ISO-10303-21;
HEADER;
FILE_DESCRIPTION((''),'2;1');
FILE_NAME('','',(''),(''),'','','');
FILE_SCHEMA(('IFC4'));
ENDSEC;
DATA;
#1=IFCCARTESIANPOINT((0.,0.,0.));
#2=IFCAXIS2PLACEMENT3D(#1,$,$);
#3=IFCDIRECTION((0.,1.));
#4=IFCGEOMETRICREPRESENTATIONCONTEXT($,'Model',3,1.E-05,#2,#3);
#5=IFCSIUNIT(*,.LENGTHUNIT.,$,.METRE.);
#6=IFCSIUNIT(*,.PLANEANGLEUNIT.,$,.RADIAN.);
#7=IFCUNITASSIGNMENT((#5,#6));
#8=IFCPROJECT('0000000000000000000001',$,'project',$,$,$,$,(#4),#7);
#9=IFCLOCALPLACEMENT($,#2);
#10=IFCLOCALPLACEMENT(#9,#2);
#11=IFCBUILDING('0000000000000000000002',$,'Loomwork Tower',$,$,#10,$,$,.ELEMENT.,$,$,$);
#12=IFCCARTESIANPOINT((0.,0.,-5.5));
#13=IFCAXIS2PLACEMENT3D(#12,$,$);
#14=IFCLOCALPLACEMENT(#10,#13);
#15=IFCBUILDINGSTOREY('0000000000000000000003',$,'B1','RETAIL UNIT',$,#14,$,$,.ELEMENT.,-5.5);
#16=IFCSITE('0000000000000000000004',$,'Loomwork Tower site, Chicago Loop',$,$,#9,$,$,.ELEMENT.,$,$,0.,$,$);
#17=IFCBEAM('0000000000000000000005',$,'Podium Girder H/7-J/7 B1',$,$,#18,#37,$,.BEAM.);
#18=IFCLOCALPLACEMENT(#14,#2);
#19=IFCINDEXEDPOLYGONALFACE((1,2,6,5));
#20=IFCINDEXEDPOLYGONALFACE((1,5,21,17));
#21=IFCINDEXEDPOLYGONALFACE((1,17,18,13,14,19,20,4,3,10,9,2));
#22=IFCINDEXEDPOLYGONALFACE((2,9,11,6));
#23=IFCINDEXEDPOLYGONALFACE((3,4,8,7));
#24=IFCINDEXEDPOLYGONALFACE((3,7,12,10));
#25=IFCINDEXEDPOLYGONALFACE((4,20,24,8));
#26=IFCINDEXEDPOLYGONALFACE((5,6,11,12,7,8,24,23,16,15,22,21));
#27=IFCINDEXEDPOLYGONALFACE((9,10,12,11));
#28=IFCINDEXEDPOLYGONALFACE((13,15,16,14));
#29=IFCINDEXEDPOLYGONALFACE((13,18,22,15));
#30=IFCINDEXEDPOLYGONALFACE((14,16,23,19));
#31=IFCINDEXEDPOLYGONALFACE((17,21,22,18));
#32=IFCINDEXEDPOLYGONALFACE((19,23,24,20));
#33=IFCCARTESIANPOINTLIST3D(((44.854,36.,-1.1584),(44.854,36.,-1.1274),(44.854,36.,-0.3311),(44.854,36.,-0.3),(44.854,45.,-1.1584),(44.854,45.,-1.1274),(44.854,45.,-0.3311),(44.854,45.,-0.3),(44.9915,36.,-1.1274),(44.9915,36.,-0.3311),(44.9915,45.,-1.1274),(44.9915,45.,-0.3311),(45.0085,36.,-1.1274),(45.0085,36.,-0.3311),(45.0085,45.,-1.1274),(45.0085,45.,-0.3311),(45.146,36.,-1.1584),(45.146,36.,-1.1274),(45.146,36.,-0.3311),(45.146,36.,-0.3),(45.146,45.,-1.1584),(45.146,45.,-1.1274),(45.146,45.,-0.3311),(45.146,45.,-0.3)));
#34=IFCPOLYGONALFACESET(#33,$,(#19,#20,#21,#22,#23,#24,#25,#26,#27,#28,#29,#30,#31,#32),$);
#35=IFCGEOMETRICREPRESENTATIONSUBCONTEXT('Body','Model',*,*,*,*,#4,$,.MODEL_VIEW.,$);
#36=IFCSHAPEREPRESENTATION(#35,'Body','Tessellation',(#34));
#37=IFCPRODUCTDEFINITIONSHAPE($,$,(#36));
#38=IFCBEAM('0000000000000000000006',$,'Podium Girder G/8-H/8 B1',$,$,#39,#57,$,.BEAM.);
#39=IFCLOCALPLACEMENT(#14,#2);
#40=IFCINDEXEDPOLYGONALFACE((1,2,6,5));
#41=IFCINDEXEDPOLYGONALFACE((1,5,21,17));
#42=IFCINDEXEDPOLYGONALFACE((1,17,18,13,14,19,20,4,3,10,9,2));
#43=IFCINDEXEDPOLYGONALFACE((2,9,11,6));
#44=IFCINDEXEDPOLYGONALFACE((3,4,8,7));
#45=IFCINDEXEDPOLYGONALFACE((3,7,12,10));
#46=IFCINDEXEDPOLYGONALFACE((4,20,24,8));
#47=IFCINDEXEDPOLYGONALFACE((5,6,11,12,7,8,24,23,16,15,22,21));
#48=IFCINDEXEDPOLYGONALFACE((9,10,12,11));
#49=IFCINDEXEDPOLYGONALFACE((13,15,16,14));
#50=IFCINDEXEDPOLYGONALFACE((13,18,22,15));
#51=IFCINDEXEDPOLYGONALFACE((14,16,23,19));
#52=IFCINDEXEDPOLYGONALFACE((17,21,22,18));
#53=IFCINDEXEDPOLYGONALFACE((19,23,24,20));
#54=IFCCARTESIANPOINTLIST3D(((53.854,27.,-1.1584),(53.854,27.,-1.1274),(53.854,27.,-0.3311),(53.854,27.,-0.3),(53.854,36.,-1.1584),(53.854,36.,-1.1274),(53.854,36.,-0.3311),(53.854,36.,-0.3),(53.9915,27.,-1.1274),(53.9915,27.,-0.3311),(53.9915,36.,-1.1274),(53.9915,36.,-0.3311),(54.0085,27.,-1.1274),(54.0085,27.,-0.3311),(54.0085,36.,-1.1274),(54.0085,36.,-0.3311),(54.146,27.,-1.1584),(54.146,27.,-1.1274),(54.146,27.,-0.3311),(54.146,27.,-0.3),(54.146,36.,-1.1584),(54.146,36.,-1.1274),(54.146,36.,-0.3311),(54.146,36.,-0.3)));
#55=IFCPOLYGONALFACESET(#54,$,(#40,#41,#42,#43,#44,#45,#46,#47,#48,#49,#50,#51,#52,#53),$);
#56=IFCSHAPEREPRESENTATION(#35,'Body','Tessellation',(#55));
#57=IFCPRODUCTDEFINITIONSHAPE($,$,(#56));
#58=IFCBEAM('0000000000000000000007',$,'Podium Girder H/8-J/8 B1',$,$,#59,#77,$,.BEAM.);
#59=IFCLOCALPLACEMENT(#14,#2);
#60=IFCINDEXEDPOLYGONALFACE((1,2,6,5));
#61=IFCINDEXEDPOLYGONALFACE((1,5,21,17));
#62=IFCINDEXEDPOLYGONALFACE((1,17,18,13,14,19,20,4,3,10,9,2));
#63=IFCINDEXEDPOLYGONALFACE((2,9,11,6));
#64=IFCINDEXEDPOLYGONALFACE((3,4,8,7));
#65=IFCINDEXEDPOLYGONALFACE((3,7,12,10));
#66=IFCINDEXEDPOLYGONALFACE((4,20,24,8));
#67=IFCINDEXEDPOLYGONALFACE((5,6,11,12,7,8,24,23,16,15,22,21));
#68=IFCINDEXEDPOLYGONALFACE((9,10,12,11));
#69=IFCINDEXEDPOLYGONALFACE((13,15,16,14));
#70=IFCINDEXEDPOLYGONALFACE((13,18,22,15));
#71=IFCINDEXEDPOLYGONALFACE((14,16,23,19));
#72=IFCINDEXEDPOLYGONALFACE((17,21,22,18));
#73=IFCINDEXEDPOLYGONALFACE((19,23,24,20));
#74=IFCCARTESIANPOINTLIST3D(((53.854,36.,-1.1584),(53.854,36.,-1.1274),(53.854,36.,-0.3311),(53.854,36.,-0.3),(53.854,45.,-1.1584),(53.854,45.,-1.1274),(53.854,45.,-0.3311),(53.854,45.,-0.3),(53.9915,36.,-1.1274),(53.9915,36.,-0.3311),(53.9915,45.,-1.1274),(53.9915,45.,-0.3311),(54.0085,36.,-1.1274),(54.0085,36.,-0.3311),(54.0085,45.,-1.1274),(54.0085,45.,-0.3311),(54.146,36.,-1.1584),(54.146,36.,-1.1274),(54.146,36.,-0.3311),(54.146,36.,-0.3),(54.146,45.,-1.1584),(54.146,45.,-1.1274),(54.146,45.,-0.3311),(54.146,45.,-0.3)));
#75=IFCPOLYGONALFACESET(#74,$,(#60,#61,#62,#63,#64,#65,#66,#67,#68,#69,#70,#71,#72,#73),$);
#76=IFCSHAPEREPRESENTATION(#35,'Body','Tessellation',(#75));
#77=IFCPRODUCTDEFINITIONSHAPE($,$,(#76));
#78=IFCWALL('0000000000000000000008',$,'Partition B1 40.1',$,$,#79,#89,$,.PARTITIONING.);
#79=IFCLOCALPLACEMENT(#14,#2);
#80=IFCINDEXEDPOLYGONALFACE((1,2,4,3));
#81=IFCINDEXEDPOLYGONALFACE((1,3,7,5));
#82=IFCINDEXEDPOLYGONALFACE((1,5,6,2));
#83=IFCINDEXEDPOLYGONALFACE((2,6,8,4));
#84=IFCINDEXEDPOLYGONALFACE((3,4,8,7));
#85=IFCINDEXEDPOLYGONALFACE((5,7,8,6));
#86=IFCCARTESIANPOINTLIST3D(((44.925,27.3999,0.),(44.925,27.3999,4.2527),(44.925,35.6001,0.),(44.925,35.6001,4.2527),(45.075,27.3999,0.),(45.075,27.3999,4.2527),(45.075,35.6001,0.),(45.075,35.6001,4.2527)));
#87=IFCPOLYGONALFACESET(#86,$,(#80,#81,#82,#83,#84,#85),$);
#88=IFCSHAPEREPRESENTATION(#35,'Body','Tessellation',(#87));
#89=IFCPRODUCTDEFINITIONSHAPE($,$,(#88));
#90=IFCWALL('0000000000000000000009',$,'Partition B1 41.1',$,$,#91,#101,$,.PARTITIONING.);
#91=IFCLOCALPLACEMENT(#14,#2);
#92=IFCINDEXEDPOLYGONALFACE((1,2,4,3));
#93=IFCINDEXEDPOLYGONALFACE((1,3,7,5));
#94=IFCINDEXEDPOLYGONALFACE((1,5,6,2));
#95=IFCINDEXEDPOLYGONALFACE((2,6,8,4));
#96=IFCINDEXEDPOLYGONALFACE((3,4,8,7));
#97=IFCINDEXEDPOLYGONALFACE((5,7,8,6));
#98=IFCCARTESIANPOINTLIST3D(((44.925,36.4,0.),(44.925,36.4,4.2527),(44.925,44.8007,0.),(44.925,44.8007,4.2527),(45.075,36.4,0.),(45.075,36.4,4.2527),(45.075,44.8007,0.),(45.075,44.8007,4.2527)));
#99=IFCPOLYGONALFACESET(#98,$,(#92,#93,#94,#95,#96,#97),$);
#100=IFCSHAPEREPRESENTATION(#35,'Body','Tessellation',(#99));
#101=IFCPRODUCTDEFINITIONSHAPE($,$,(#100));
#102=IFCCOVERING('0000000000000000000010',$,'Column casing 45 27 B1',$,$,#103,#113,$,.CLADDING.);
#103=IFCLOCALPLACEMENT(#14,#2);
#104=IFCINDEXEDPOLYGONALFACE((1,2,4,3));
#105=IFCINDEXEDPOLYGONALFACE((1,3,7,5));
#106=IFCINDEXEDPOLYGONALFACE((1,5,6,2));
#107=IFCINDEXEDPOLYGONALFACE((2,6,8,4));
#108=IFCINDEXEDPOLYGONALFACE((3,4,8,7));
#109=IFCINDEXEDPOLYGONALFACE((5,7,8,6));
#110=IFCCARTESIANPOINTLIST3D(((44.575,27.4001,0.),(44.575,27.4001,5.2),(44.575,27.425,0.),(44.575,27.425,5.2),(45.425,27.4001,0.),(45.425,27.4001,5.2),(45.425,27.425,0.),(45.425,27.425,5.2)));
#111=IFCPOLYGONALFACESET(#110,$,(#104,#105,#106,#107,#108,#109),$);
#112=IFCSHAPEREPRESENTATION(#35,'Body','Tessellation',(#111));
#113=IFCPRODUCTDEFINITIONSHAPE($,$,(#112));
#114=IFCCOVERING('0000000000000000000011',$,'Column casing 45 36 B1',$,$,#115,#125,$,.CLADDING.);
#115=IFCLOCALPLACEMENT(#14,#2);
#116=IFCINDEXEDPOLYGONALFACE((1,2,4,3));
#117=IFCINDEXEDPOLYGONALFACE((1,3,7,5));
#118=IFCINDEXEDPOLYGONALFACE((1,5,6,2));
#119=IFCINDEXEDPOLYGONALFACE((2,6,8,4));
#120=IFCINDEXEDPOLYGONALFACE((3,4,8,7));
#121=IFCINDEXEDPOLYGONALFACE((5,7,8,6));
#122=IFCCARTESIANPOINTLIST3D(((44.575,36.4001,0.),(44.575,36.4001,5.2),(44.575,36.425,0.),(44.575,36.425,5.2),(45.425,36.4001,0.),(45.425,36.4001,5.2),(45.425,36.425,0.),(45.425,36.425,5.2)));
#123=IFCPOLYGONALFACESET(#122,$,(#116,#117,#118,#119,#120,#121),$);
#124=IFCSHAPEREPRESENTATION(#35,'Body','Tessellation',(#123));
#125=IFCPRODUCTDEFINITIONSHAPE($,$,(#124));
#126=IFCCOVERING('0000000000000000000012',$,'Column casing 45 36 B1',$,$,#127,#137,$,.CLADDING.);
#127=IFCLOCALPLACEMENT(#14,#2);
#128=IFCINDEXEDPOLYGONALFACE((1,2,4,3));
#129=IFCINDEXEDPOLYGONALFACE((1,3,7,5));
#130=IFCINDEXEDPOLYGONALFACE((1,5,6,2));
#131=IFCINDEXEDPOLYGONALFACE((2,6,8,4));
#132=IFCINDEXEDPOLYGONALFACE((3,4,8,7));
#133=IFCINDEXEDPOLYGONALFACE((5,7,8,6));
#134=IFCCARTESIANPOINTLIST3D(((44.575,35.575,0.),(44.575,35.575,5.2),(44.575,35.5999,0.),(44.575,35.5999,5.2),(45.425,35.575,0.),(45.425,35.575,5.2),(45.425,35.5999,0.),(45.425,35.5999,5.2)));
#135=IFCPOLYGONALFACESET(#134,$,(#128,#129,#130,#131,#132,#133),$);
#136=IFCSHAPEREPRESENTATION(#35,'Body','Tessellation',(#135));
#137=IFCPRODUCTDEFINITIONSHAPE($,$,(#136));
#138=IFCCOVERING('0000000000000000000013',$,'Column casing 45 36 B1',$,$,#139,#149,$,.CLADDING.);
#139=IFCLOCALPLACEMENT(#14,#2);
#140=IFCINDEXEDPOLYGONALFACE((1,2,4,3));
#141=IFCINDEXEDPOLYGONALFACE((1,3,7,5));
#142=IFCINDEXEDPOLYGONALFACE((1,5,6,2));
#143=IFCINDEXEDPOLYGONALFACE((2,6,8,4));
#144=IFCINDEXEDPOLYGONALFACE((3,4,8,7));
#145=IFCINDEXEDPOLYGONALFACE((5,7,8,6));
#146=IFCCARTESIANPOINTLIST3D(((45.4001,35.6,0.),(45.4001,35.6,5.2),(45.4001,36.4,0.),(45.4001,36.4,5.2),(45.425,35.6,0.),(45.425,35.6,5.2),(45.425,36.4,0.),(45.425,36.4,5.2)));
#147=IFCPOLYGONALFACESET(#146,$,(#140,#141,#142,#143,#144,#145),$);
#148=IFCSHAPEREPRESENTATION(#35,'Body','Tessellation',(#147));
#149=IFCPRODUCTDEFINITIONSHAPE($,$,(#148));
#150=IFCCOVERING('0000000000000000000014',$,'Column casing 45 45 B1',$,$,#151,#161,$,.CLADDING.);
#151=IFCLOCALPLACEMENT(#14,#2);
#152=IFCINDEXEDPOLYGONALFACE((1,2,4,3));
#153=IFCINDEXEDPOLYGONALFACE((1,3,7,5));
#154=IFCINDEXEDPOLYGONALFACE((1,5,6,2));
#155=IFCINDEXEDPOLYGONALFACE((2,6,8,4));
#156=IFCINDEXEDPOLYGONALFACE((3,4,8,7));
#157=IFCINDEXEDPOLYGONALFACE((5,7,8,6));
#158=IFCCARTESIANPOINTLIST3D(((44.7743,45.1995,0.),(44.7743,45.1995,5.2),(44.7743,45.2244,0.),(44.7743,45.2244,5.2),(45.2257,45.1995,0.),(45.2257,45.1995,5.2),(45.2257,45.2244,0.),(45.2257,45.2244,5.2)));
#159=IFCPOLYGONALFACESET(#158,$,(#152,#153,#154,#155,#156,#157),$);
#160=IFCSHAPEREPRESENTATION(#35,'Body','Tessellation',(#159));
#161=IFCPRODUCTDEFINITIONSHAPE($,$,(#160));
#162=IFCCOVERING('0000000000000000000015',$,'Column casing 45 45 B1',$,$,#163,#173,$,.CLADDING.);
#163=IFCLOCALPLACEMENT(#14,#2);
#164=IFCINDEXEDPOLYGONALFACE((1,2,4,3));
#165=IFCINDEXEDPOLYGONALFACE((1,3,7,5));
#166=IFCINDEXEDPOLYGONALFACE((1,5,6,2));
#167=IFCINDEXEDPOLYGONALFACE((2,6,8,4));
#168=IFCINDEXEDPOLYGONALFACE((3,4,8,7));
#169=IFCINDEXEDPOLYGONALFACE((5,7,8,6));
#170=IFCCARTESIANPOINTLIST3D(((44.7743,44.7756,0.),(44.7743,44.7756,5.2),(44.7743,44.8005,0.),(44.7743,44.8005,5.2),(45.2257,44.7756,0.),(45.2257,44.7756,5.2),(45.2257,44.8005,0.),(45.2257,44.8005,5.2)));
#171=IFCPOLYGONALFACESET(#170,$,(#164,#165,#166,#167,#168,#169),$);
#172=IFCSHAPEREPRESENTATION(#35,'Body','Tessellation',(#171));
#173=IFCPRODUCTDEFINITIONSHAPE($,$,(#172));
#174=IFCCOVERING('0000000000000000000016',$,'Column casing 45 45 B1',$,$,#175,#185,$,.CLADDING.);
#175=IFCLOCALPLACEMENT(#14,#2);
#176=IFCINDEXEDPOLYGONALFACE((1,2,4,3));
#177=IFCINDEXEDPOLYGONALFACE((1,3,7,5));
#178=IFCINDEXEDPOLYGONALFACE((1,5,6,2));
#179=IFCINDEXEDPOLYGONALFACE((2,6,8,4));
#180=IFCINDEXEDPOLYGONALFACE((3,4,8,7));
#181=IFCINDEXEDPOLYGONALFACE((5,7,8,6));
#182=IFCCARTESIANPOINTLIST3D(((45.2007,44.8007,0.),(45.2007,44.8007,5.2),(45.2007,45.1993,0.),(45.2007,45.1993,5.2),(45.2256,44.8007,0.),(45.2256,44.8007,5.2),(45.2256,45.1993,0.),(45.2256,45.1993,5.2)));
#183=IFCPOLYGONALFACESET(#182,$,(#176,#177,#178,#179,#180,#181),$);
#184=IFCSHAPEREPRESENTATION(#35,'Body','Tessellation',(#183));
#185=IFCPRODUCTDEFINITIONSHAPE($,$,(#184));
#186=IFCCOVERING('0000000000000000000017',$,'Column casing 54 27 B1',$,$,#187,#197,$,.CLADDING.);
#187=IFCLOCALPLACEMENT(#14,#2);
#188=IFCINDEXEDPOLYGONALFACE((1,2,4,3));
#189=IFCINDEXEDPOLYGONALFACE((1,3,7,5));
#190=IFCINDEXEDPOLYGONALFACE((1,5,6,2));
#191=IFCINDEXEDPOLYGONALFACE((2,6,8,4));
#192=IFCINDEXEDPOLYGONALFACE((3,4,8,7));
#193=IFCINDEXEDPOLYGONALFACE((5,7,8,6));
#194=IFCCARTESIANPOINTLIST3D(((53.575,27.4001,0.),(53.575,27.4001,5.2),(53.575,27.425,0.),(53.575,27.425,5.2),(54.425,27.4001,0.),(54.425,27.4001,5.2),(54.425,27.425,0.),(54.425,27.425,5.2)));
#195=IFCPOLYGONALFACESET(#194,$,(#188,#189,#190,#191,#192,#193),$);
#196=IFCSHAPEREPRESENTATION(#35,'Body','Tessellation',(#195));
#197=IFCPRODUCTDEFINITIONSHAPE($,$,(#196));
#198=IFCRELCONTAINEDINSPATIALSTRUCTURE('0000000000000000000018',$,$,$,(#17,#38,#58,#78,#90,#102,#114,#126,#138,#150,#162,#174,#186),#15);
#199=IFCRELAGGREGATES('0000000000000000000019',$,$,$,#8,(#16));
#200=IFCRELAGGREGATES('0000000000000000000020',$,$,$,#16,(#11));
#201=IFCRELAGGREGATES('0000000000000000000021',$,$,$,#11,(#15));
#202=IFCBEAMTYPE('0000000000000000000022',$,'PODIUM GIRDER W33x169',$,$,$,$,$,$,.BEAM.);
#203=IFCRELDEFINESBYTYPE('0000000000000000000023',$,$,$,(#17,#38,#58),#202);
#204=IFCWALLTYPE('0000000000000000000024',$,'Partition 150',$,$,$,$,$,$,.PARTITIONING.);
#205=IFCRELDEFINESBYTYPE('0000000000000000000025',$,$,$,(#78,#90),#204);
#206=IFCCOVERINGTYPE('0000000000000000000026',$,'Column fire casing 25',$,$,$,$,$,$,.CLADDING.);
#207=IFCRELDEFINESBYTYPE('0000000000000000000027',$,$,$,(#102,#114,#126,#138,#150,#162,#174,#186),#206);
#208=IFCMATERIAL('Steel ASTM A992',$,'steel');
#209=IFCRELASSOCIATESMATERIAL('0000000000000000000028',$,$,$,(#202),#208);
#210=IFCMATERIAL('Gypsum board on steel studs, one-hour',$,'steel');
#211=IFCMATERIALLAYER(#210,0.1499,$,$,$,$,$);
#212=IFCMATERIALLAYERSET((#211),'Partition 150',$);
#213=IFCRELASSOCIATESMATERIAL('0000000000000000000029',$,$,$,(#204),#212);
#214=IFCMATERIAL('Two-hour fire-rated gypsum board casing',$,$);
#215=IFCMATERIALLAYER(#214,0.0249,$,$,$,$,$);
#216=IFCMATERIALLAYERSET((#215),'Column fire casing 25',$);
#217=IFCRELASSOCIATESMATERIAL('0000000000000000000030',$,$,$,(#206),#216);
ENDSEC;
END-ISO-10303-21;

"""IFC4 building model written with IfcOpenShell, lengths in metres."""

from ifc_helpers import new_model, si_unit, direction, frame, frame_2d, origin, origin_2d, place, context, subcontext, project, spatial, rectangle, i_section, extrude, material, layer, layer_set, material_profile, profile_set, type_object, element, save


model = new_model("IFC4")

# Units and contexts
model_context = context("Model", 3, precision=1e-05, world=origin(), true_north=direction((0.0, 1.0)))
body_context = subcontext(model_context, "Body", "Model", "MODEL_VIEW")
ifc_project = project(units=[si_unit("LENGTHUNIT", "METRE"), si_unit("PLANEANGLEUNIT", "RADIAN")], contexts=[model_context])

# Site, building, storey
site_placement = place(None, origin())
site = spatial("IfcSite", under=ifc_project, at=site_placement, Name="Loomwork Tower site, Chicago Loop", CompositionType="ELEMENT", RefElevation=0.0)
building_placement = place(site_placement, origin())
building = spatial("IfcBuilding", under=site, at=building_placement, Name="Loomwork Tower", CompositionType="ELEMENT")
storey_placement = place(building_placement, frame((0.0, 0.0, -5.5)))
storey = spatial("IfcBuildingStorey", under=building, at=storey_placement, Name="B1", Description="RETAIL UNIT", CompositionType="ELEMENT", Elevation=-5.5)

# Beams
ifc_material_1 = material(Name="Steel ASTM A992", Category="steel")
ifc_material_profile_1 = material_profile(ifc_material_1, i_section(OverallWidth=0.292, OverallDepth=0.8584, WebThickness=0.0171, FlangeThickness=0.031, at=origin_2d()), Name="W33x169")
ifc_profile_set_1 = profile_set([ifc_material_profile_1], Name="Steel ASTM A992")
beam_type_1 = type_object("IfcBeamType", Name="PODIUM GIRDER W33x169", PredefinedType="BEAM", material=ifc_profile_set_1)
for number, where, z_axis, x_axis, name in (
    (1, (45.0, 36.0, -0.7292), (0.0, 1.0, 0.0), (-1.0, 0.0, 0.0), "Podium Girder H/7-J/7 B1"),
    (2, (54.0, 27.0, -0.7292), (0.0, 1.0, 0.0), (-1.0, 0.0, 0.0), "Podium Girder G/8-H/8 B1"),
    (3, (54.0, 36.0, -0.7292), (0.0, 1.0, 0.0), (-1.0, 0.0, 0.0), "Podium Girder H/8-J/8 B1"),
):
    element("IfcBeam", number, at=place(storey_placement, frame(where, z_axis=z_axis, x_axis=x_axis)), inside=storey, type_object=beam_type_1, Name=name, PredefinedType="BEAM", context=body_context, shape_type="SweptSolid", body=[
        extrude(i_section(OverallWidth=0.292, OverallDepth=0.8584, WebThickness=0.0171, FlangeThickness=0.031, at=origin_2d()), origin(), (0.0, 0.0, 1.0), 9.0),
    ])

# Walls
ifc_material_2 = material(Name="Gypsum board on steel studs, one-hour", Category="steel")
ifc_layer_1 = layer(ifc_material_2, 0.1499)
ifc_layer_set_1 = layer_set([ifc_layer_1], Name="Partition 150")
wall_type = type_object("IfcWallType", Name="Partition 150", PredefinedType="PARTITIONING", material=ifc_layer_set_1)
wall_1_placement = place(storey_placement, frame((45.0, 27.3999, 0.0), z_axis=(0.0, 0.0, 1.0), x_axis=(0.0, 1.0, 0.0)))
element("IfcWall", 4, at=wall_1_placement, inside=storey, type_object=wall_type, Name="Partition B1 40.1", PredefinedType="PARTITIONING", context=body_context, shape_type="SweptSolid", body=[
    extrude(rectangle(XDim=8.2002, YDim=0.1499, at=frame_2d((4.1001, 0.0))), origin(), (0.0, 0.0, 1.0), 4.2527),
])
wall_2_placement = place(storey_placement, frame((45.0, 44.8005, 0.0), z_axis=(0.0, 0.0, 1.0), x_axis=(0.0, -1.0, 0.0)))
element("IfcWall", 5, at=wall_2_placement, inside=storey, type_object=wall_type, Name="Partition B1 41.1", PredefinedType="PARTITIONING", context=body_context, shape_type="SweptSolid", body=[
    extrude(rectangle(XDim=8.4006, YDim=0.1499, at=frame_2d((4.2002, 0.0))), origin(), (0.0, 0.0, 1.0), 4.2527),
])

# Coverings
ifc_material_3 = material(Name="Two-hour fire-rated gypsum board casing")
ifc_layer_2 = layer(ifc_material_3, 0.0249)
ifc_layer_set_2 = layer_set([ifc_layer_2], Name="Column fire casing 25")
covering_type = type_object("IfcCoveringType", Name="Column fire casing 25", PredefinedType="CLADDING", material=ifc_layer_set_2)
for number, where, z_axis, x_axis, name in (
    (6, (45.0, 27.4126, 0.0), (0.0, 0.0, 1.0), (1.0, 0.0, 0.0), "Column casing 45 27 B1"),
    (7, (45.0, 36.4126, 0.0), (0.0, 0.0, 1.0), (1.0, 0.0, 0.0), "Column casing 45 36 B1"),
    (8, (45.0, 35.5874, 0.0), (0.0, 0.0, 1.0), (1.0, 0.0, 0.0), "Column casing 45 36 B1"),
):
    element("IfcCovering", number, at=place(storey_placement, frame(where, z_axis=z_axis, x_axis=x_axis)), inside=storey, type_object=covering_type, Name=name, PredefinedType="CLADDING", context=body_context, shape_type="SweptSolid", body=[
        extrude(rectangle(XDim=0.8501, YDim=0.0249, at=origin_2d()), origin(), (0.0, 0.0, 1.0), 5.2),
    ])
covering_1_placement = place(storey_placement, frame((45.4126, 36.0, 0.0), z_axis=(0.0, 0.0, 1.0), x_axis=(1.0, 0.0, 0.0)))
element("IfcCovering", 9, at=covering_1_placement, inside=storey, type_object=covering_type, Name="Column casing 45 36 B1", PredefinedType="CLADDING", context=body_context, shape_type="SweptSolid", body=[
    extrude(rectangle(XDim=0.0249, YDim=0.8, at=origin_2d()), origin(), (0.0, 0.0, 1.0), 5.2),
])
for number, where, z_axis, x_axis, name in (
    (10, (45.0, 45.2119, 0.0), (0.0, 0.0, 1.0), (1.0, 0.0, 0.0), "Column casing 45 45 B1"),
    (11, (45.0, 44.7881, 0.0), (0.0, 0.0, 1.0), (1.0, 0.0, 0.0), "Column casing 45 45 B1"),
):
    element("IfcCovering", number, at=place(storey_placement, frame(where, z_axis=z_axis, x_axis=x_axis)), inside=storey, type_object=covering_type, Name=name, PredefinedType="CLADDING", context=body_context, shape_type="SweptSolid", body=[
        extrude(rectangle(XDim=0.4514, YDim=0.0249, at=origin_2d()), origin(), (0.0, 0.0, 1.0), 5.2),
    ])
covering_2_placement = place(storey_placement, frame((45.2131, 45.0, 0.0), z_axis=(0.0, 0.0, 1.0), x_axis=(1.0, 0.0, 0.0)))
element("IfcCovering", 12, at=covering_2_placement, inside=storey, type_object=covering_type, Name="Column casing 45 45 B1", PredefinedType="CLADDING", context=body_context, shape_type="SweptSolid", body=[
    extrude(rectangle(XDim=0.0249, YDim=0.3987, at=origin_2d()), origin(), (0.0, 0.0, 1.0), 5.2),
])
covering_3_placement = place(storey_placement, frame((54.0, 27.4126, 0.0), z_axis=(0.0, 0.0, 1.0), x_axis=(1.0, 0.0, 0.0)))
element("IfcCovering", 13, at=covering_3_placement, inside=storey, type_object=covering_type, Name="Column casing 54 27 B1", PredefinedType="CLADDING", context=body_context, shape_type="SweptSolid", body=[
    extrude(rectangle(XDim=0.8501, YDim=0.0249, at=origin_2d()), origin(), (0.0, 0.0, 1.0), 5.2),
])

save(model, "model.ifc")
